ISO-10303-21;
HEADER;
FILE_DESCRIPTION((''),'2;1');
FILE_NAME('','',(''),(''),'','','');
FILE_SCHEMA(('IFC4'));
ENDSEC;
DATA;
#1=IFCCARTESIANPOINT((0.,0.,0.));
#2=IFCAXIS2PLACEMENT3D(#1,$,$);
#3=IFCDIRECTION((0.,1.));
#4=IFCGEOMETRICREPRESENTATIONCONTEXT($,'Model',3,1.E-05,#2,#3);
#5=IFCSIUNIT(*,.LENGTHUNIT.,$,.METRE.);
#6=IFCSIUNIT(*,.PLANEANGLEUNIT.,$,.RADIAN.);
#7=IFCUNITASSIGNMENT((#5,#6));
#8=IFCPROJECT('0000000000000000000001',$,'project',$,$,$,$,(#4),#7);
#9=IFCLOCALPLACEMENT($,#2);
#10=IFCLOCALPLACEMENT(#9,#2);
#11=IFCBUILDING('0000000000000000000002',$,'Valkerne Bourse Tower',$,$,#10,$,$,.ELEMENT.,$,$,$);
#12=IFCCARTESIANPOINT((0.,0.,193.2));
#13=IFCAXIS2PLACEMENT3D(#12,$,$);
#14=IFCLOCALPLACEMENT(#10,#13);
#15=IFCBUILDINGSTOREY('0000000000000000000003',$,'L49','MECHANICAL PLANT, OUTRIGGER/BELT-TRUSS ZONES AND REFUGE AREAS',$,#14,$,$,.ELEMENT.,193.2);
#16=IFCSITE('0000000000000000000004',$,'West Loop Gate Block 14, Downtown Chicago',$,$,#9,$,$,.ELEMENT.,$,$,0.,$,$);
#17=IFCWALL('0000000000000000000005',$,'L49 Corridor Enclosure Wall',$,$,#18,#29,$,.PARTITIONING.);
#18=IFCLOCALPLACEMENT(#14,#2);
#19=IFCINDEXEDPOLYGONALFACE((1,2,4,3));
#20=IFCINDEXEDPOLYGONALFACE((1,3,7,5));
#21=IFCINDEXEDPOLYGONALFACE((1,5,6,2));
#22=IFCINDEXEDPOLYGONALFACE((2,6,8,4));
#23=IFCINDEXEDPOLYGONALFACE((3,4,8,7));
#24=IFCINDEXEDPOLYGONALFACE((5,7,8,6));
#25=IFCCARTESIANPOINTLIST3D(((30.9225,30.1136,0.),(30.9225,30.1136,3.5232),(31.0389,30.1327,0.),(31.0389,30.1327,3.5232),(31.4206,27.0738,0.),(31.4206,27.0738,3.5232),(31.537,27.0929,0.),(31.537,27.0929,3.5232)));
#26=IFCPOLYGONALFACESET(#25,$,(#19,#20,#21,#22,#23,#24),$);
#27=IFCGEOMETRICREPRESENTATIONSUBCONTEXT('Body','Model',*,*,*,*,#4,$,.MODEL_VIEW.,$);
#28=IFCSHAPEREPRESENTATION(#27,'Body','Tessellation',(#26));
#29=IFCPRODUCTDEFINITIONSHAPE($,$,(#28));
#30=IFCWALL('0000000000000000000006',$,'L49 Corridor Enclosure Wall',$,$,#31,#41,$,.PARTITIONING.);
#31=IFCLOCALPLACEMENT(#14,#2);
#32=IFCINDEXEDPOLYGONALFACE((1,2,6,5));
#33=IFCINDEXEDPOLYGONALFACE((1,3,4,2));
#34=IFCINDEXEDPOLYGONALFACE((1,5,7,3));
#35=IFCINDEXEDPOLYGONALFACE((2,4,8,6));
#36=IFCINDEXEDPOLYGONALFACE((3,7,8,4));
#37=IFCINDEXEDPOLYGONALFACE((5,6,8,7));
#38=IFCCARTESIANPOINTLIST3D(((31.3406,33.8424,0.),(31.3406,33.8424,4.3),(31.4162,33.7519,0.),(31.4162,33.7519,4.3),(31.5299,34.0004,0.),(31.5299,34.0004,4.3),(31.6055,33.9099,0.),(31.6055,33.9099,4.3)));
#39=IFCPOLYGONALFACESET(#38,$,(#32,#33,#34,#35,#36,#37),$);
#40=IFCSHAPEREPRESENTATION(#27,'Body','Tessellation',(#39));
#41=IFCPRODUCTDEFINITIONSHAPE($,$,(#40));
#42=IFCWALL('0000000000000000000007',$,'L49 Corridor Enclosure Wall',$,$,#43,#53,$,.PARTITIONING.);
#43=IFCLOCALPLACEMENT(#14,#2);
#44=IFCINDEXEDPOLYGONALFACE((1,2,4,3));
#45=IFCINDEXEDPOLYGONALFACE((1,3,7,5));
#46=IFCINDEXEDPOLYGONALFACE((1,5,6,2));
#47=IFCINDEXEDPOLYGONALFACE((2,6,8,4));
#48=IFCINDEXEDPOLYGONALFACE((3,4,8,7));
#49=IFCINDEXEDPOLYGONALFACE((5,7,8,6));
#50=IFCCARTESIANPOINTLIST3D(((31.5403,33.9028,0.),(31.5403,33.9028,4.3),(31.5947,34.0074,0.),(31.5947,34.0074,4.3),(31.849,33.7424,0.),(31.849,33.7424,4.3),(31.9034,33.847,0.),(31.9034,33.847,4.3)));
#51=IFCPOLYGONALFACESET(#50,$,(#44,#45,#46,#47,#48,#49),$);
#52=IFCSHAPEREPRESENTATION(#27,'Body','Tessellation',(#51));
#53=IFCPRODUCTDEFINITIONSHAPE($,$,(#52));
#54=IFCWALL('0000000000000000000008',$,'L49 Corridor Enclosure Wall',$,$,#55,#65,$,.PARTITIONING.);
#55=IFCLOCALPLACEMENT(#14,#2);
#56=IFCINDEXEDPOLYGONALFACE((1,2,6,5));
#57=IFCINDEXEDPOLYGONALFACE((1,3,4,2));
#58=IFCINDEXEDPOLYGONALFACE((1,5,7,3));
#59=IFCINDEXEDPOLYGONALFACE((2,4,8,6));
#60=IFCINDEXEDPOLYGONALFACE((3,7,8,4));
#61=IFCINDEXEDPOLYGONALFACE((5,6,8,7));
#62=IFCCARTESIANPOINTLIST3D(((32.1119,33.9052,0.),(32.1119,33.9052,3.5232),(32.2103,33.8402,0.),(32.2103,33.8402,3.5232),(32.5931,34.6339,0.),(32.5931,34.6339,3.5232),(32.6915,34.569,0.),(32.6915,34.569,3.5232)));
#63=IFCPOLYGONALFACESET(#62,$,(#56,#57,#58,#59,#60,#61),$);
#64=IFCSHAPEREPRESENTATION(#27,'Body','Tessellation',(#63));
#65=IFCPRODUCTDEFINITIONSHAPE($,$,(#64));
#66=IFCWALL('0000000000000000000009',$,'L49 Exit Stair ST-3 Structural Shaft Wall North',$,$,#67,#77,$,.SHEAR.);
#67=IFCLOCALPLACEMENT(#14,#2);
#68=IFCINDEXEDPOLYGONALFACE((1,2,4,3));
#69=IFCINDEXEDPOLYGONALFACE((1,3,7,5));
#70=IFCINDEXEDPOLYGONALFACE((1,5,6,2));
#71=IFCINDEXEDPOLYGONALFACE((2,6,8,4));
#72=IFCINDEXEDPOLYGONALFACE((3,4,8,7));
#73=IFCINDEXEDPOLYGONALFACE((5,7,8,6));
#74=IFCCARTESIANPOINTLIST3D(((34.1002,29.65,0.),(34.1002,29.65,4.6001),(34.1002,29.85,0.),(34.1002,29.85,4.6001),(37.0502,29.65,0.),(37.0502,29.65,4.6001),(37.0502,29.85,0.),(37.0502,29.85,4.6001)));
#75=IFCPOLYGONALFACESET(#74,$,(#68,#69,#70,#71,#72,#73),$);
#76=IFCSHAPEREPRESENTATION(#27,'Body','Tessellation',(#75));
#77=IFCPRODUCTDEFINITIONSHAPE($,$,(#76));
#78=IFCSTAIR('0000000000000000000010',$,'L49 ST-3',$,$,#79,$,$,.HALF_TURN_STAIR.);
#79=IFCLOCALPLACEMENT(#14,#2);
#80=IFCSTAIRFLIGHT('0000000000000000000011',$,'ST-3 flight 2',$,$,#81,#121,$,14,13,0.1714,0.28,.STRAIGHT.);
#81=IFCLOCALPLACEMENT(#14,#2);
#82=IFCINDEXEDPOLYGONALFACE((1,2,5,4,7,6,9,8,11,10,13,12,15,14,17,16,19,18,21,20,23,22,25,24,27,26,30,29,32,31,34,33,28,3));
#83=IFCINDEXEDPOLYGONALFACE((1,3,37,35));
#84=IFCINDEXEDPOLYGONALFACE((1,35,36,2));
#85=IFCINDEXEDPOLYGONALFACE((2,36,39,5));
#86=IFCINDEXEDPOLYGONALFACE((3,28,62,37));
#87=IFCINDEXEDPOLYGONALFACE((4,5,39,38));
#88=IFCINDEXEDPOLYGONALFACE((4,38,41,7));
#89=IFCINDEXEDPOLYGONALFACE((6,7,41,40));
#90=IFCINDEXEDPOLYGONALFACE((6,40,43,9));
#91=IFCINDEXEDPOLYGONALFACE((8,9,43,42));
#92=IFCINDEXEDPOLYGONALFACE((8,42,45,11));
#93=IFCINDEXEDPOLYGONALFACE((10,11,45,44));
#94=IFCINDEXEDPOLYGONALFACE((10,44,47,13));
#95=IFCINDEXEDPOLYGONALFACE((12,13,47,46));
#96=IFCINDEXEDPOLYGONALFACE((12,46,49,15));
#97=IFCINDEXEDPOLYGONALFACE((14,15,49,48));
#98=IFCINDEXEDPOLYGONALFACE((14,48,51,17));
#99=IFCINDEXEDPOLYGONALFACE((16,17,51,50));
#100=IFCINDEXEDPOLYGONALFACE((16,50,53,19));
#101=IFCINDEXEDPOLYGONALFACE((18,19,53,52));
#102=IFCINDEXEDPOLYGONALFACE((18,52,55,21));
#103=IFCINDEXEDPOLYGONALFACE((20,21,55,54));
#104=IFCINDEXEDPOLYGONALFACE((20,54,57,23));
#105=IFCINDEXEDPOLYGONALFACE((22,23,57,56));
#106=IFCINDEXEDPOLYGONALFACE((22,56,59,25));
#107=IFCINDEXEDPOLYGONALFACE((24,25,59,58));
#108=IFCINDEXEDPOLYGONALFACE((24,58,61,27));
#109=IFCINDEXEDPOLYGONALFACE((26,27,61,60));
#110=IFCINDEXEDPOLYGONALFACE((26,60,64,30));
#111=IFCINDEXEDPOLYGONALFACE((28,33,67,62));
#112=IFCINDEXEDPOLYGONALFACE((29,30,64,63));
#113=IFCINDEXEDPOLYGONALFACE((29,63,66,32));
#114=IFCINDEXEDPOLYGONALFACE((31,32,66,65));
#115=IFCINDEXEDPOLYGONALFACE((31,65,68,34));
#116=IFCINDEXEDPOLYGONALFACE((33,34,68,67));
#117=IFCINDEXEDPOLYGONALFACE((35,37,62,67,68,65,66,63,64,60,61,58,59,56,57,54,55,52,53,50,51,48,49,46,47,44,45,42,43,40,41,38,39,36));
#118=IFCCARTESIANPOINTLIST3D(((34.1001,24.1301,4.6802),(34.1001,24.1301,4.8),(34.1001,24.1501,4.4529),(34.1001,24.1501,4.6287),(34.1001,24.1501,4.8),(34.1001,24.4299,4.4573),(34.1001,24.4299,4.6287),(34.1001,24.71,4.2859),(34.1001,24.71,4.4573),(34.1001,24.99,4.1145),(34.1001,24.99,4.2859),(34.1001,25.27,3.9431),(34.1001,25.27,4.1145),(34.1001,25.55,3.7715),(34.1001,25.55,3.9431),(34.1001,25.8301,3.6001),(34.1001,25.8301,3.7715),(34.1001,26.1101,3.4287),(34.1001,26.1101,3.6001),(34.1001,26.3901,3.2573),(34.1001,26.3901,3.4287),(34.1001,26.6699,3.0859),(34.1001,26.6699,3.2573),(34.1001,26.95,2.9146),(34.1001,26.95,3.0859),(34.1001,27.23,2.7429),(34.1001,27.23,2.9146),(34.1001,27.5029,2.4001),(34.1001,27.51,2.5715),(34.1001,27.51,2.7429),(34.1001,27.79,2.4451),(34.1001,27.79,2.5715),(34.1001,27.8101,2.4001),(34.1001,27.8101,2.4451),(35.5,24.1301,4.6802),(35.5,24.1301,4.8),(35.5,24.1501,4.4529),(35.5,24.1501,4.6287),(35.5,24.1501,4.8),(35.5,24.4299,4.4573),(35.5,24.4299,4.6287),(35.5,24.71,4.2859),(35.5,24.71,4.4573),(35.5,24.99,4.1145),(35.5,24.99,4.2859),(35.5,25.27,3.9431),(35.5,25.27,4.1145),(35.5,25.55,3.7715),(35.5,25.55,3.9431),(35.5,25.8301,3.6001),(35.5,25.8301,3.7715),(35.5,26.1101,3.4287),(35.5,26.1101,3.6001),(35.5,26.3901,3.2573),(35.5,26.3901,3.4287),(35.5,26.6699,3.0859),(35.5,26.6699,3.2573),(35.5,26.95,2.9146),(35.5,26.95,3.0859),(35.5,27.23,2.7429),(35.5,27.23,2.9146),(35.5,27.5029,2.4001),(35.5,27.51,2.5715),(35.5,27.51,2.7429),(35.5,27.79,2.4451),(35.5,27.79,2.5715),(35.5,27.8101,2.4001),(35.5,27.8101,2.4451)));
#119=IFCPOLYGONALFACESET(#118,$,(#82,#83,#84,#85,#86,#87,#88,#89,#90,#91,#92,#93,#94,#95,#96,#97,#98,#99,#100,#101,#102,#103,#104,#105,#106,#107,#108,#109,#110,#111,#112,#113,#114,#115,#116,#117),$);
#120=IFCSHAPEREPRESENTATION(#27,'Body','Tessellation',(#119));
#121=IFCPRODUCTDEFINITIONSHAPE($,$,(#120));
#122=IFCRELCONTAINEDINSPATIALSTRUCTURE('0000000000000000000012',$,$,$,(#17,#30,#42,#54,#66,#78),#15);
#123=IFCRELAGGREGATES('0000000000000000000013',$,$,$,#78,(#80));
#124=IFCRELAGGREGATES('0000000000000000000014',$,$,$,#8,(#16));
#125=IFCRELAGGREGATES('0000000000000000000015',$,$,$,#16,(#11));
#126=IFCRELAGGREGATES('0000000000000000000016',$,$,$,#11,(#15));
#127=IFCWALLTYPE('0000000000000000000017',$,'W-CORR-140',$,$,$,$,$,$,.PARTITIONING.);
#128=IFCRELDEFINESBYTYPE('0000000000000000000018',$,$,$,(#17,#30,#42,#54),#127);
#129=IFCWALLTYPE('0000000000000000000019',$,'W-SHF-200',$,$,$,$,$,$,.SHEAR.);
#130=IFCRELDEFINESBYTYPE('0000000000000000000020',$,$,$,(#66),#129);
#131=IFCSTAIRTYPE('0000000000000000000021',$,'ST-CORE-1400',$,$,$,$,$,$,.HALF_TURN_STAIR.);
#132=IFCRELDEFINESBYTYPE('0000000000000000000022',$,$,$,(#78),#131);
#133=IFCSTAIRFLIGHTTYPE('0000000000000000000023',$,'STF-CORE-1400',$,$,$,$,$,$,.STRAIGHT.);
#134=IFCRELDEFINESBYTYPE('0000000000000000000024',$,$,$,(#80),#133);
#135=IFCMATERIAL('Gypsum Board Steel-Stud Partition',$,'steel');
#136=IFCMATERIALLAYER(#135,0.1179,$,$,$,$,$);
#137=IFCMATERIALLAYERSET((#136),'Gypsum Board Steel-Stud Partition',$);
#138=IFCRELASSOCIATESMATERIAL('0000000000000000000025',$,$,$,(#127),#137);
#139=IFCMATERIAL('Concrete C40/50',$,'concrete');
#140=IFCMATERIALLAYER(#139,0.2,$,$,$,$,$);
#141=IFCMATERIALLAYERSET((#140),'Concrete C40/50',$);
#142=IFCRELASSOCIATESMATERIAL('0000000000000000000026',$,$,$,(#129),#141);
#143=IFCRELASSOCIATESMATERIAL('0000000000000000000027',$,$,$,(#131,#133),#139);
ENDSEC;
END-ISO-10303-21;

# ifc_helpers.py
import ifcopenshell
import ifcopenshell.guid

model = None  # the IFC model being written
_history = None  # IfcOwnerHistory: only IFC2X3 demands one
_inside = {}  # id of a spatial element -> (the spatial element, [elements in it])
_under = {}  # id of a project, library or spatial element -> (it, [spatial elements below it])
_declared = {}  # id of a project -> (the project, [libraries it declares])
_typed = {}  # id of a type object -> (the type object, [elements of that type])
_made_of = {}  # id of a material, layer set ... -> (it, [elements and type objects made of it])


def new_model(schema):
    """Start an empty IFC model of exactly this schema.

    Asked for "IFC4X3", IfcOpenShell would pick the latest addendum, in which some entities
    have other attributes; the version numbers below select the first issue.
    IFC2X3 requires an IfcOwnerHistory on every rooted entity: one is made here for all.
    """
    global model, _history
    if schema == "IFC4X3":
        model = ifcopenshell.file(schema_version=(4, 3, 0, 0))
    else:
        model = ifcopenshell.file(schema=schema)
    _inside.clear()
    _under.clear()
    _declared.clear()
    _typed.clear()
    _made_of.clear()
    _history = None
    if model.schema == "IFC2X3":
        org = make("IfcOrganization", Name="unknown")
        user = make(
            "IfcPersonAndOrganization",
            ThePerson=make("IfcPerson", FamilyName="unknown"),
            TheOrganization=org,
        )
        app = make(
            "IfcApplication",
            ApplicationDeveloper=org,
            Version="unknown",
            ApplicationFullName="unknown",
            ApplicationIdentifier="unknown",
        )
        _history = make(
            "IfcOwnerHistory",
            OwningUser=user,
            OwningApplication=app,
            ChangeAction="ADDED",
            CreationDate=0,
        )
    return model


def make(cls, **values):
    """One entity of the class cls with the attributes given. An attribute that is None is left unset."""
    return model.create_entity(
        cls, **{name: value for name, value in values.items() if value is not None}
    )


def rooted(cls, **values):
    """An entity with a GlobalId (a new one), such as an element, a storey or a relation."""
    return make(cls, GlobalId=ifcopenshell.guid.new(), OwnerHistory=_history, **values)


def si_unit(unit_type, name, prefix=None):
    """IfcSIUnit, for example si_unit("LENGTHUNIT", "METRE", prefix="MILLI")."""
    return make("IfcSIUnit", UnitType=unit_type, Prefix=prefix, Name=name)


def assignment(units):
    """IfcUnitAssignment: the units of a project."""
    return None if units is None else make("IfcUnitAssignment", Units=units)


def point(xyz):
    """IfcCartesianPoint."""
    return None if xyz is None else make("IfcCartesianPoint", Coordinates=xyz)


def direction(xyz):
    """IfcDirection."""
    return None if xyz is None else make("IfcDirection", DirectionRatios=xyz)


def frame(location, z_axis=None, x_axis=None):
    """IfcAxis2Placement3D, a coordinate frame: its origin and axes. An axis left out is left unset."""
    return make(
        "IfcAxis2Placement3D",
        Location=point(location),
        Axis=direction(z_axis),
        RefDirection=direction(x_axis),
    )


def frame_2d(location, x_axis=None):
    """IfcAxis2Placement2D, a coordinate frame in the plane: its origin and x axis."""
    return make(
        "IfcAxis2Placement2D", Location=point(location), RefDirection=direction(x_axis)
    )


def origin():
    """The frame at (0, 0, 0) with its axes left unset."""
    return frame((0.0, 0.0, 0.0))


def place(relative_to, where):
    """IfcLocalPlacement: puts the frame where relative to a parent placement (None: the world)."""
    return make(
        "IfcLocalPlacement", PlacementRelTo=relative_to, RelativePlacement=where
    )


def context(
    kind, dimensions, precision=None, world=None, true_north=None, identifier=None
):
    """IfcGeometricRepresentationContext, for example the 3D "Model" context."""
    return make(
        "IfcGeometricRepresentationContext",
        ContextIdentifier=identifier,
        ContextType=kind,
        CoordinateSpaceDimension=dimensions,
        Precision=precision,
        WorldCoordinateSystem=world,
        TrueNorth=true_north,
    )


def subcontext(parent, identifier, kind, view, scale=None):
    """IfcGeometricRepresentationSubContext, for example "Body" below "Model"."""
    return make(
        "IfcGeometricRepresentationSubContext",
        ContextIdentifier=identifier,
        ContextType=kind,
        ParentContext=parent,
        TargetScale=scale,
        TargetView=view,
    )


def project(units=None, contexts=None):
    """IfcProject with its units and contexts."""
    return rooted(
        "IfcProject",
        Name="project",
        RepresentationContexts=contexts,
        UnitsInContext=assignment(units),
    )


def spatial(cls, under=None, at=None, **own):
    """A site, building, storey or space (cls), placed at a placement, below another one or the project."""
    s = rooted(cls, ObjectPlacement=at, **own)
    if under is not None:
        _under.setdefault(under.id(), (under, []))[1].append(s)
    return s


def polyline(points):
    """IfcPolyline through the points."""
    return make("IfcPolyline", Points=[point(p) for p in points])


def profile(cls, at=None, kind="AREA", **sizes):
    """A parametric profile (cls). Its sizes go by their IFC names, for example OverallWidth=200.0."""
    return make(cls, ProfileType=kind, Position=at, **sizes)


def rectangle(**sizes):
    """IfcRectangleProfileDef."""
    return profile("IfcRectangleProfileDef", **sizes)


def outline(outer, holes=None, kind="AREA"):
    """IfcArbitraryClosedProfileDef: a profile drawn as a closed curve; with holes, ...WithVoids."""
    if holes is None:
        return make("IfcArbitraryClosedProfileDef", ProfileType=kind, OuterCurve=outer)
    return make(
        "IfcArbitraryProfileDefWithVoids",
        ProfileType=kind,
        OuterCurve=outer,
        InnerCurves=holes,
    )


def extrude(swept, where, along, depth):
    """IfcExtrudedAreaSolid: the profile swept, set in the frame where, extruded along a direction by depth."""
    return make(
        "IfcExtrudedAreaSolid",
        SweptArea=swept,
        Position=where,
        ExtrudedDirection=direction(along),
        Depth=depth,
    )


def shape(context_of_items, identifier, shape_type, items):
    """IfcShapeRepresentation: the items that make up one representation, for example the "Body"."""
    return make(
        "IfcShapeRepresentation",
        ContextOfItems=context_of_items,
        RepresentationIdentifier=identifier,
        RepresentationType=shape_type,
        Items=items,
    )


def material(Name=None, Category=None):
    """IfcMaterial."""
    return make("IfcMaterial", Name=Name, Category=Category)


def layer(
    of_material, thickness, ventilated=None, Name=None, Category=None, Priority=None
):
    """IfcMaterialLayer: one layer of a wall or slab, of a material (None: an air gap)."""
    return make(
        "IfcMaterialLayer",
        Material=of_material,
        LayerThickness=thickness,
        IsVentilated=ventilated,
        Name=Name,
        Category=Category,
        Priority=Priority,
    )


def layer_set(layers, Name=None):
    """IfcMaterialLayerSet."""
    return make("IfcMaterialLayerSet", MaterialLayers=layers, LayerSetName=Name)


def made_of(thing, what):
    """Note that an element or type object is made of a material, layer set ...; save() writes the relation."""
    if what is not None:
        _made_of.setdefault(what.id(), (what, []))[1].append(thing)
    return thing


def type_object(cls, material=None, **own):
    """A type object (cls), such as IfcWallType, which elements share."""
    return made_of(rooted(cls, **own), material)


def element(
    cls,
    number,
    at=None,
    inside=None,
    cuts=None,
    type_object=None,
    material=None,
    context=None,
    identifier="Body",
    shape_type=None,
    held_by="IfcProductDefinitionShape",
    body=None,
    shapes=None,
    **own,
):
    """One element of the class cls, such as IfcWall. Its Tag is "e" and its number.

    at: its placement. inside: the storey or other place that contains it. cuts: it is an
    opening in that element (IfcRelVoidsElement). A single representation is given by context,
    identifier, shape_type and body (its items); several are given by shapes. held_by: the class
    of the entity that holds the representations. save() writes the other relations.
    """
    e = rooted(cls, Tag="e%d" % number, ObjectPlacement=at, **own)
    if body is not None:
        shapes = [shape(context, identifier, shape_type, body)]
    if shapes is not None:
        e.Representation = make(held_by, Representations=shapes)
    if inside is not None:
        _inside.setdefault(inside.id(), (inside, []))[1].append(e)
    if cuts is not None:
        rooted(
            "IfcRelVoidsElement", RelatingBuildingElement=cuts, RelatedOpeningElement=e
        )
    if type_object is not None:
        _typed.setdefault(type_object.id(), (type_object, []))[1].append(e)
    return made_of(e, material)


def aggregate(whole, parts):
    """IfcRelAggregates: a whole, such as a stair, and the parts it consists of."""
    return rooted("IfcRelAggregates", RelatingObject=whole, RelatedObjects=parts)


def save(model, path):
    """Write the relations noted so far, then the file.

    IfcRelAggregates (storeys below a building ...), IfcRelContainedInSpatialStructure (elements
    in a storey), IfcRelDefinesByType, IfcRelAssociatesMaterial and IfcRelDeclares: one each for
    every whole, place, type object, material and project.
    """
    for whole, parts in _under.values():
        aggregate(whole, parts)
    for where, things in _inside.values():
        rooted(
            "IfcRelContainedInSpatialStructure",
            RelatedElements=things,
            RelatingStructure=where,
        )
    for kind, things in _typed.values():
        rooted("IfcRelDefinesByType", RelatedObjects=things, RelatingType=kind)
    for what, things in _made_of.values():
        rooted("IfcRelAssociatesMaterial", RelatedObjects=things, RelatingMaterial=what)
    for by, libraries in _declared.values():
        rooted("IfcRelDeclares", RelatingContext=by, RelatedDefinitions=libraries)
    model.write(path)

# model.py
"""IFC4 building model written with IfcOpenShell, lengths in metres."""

from ifc_helpers import new_model, si_unit, direction, frame, frame_2d, origin, place, context, subcontext, project, spatial, polyline, rectangle, outline, extrude, material, layer, layer_set, type_object, element, aggregate, save


model = new_model("IFC4")

# Units and contexts
model_context = context("Model", 3, precision=1e-05, world=origin(), true_north=direction((0.0, 1.0)))
body_context = subcontext(model_context, "Body", "Model", "MODEL_VIEW")
ifc_project = project(units=[si_unit("LENGTHUNIT", "METRE"), si_unit("PLANEANGLEUNIT", "RADIAN")], contexts=[model_context])

# Site, building, storey
site_placement = place(None, origin())
site = spatial("IfcSite", under=ifc_project, at=site_placement, Name="West Loop Gate Block 14, Downtown Chicago", CompositionType="ELEMENT", RefElevation=0.0)
building_placement = place(site_placement, origin())
building = spatial("IfcBuilding", under=site, at=building_placement, Name="Valkerne Bourse Tower", CompositionType="ELEMENT")
storey_placement = place(building_placement, frame((0.0, 0.0, 193.2)))
storey = spatial("IfcBuildingStorey", under=building, at=storey_placement, Name="L49", Description="MECHANICAL PLANT, OUTRIGGER/BELT-TRUSS ZONES AND REFUGE AREAS", CompositionType="ELEMENT", Elevation=193.2)

# Walls
ifc_material_1 = material(Name="Gypsum Board Steel-Stud Partition", Category="steel")
ifc_layer_1 = layer(ifc_material_1, 0.1179)
ifc_layer_set_1 = layer_set([ifc_layer_1], Name="Gypsum Board Steel-Stud Partition")
wall_type_1 = type_object("IfcWallType", Name="W-CORR-140", PredefinedType="PARTITIONING", material=ifc_layer_set_1)
wall_1_placement = place(storey_placement, frame((31.4788, 27.0835, 0.0), z_axis=(0.0, 0.0, 1.0), x_axis=(-0.161686, 0.986842, 0.0)))
element("IfcWall", 1, at=wall_1_placement, inside=storey, type_object=wall_type_1, Name="L49 Corridor Enclosure Wall", PredefinedType="PARTITIONING", context=body_context, shape_type="SweptSolid", body=[
    extrude(rectangle(XDim=3.0803, YDim=0.1179, at=frame_2d((1.54, 0.0))), origin(), (0.0, 0.0, 1.0), 3.5232),
])
wall_2_placement = place(storey_placement, frame((31.3784, 33.7971, 0.0), z_axis=(0.0, 0.0, 1.0), x_axis=(0.767653, 0.640866, 0.0)))
element("IfcWall", 2, at=wall_2_placement, inside=storey, type_object=wall_type_1, Name="L49 Corridor Enclosure Wall", PredefinedType="PARTITIONING", context=body_context, shape_type="SweptSolid", body=[
    extrude(rectangle(XDim=0.2466, YDim=0.1179, at=frame_2d((0.1233, 0.0))), origin(), (0.0, 0.0, 1.0), 4.3),
])
wall_3_placement = place(storey_placement, frame((31.5676, 33.9551, 0.0), z_axis=(0.0, 0.0, 1.0), x_axis=(0.887297, -0.461198, 0.0)))
element("IfcWall", 3, at=wall_3_placement, inside=storey, type_object=wall_type_1, Name="L49 Corridor Enclosure Wall", PredefinedType="PARTITIONING", context=body_context, shape_type="SweptSolid", body=[
    extrude(rectangle(XDim=0.3479, YDim=0.1179, at=frame_2d((0.1738, 0.0))), origin(), (0.0, 0.0, 1.0), 4.3),
])
wall_4_placement = place(storey_placement, frame((32.1611, 33.8728, 0.0), z_axis=(0.0, 0.0, 1.0), x_axis=(0.551017, 0.834494, 0.0)))
element("IfcWall", 4, at=wall_4_placement, inside=storey, type_object=wall_type_1, Name="L49 Corridor Enclosure Wall", PredefinedType="PARTITIONING", context=body_context, shape_type="SweptSolid", body=[
    extrude(rectangle(XDim=0.8733, YDim=0.1179, at=frame_2d((0.4365, 0.0))), origin(), (0.0, 0.0, 1.0), 3.5232),
])
ifc_material_2 = material(Name="Concrete C40/50", Category="concrete")
ifc_layer_2 = layer(ifc_material_2, 0.2)
ifc_layer_set_2 = layer_set([ifc_layer_2], Name="Concrete C40/50")
wall_type_2 = type_object("IfcWallType", Name="W-SHF-200", PredefinedType="SHEAR", material=ifc_layer_set_2)
wall_5_placement = place(storey_placement, frame((34.1001, 29.75, 0.0), z_axis=(0.0, 0.0, 1.0), x_axis=(1.0, 0.0, 0.0)))
element("IfcWall", 5, at=wall_5_placement, inside=storey, type_object=wall_type_2, Name="L49 Exit Stair ST-3 Structural Shaft Wall North", PredefinedType="SHEAR", context=body_context, shape_type="SweptSolid", body=[
    extrude(rectangle(XDim=2.95, YDim=0.2, at=frame_2d((1.4751, 0.0))), origin(), (0.0, 0.0, 1.0), 4.6001),
])

# Stair, stair flight
stair_type = type_object("IfcStairType", Name="ST-CORE-1400", PredefinedType="HALF_TURN_STAIR", material=ifc_material_2)
stair_placement = place(storey_placement, origin())
stair = element("IfcStair", 6, at=stair_placement, inside=storey, type_object=stair_type, Name="L49 ST-3", PredefinedType="HALF_TURN_STAIR")
stair_flight_type = type_object("IfcStairFlightType", Name="STF-CORE-1400", PredefinedType="STRAIGHT", material=ifc_material_2)
stair_flight_placement = place(storey_placement, frame((34.8, 27.79, 2.4001), z_axis=(0.0, 0.0, 1.0), x_axis=(0.0, -1.0, 0.0)))
stair_flight = element("IfcStairFlight", 7, at=stair_flight_placement, type_object=stair_flight_type, Name="ST-3 flight 2", NumberOfRisers=14, NumberOfTreads=13, PredefinedType="STRAIGHT", RiserHeight=0.1714, TreadLength=0.28, context=body_context, shape_type="SweptSolid", body=[
    extrude(outline(polyline([(-0.02, 0.0), (-0.02, 0.0449), (0.0, 0.0449), (0.0, 0.1714), (0.28, 0.1714), (0.28, 0.3428), (0.5601, 0.3428), (0.5601, 0.5144), (0.8401, 0.5144), (0.8401, 0.6858), (1.1201, 0.6858), (1.1201, 0.8572), (1.3999, 0.8572), (1.3999, 1.0286), (1.6799, 1.0286), (1.6799, 1.2), (1.96, 1.2), (1.96, 1.3713), (2.24, 1.3713), (2.24, 1.543), (2.52, 1.543), (2.52, 1.7144), (2.8, 1.7144), (2.8, 1.8857), (3.0801, 1.8857), (3.0801, 2.0571), (3.3601, 2.0571), (3.3601, 2.2285), (3.6399, 2.2285), (3.6399, 2.3999), (3.6599, 2.3999), (3.6599, 2.28), (3.6399, 2.0527), (0.2871, 0.0), (-0.02, 0.0)])), frame((0.0, 0.7, 0.0), z_axis=(0.0, -1.0, 0.0), x_axis=(1.0, 0.0, 0.0)), (0.0, 0.0, 1.0), 1.3999),
])
aggregate(stair, [stair_flight])

save(model, "model.ifc")
